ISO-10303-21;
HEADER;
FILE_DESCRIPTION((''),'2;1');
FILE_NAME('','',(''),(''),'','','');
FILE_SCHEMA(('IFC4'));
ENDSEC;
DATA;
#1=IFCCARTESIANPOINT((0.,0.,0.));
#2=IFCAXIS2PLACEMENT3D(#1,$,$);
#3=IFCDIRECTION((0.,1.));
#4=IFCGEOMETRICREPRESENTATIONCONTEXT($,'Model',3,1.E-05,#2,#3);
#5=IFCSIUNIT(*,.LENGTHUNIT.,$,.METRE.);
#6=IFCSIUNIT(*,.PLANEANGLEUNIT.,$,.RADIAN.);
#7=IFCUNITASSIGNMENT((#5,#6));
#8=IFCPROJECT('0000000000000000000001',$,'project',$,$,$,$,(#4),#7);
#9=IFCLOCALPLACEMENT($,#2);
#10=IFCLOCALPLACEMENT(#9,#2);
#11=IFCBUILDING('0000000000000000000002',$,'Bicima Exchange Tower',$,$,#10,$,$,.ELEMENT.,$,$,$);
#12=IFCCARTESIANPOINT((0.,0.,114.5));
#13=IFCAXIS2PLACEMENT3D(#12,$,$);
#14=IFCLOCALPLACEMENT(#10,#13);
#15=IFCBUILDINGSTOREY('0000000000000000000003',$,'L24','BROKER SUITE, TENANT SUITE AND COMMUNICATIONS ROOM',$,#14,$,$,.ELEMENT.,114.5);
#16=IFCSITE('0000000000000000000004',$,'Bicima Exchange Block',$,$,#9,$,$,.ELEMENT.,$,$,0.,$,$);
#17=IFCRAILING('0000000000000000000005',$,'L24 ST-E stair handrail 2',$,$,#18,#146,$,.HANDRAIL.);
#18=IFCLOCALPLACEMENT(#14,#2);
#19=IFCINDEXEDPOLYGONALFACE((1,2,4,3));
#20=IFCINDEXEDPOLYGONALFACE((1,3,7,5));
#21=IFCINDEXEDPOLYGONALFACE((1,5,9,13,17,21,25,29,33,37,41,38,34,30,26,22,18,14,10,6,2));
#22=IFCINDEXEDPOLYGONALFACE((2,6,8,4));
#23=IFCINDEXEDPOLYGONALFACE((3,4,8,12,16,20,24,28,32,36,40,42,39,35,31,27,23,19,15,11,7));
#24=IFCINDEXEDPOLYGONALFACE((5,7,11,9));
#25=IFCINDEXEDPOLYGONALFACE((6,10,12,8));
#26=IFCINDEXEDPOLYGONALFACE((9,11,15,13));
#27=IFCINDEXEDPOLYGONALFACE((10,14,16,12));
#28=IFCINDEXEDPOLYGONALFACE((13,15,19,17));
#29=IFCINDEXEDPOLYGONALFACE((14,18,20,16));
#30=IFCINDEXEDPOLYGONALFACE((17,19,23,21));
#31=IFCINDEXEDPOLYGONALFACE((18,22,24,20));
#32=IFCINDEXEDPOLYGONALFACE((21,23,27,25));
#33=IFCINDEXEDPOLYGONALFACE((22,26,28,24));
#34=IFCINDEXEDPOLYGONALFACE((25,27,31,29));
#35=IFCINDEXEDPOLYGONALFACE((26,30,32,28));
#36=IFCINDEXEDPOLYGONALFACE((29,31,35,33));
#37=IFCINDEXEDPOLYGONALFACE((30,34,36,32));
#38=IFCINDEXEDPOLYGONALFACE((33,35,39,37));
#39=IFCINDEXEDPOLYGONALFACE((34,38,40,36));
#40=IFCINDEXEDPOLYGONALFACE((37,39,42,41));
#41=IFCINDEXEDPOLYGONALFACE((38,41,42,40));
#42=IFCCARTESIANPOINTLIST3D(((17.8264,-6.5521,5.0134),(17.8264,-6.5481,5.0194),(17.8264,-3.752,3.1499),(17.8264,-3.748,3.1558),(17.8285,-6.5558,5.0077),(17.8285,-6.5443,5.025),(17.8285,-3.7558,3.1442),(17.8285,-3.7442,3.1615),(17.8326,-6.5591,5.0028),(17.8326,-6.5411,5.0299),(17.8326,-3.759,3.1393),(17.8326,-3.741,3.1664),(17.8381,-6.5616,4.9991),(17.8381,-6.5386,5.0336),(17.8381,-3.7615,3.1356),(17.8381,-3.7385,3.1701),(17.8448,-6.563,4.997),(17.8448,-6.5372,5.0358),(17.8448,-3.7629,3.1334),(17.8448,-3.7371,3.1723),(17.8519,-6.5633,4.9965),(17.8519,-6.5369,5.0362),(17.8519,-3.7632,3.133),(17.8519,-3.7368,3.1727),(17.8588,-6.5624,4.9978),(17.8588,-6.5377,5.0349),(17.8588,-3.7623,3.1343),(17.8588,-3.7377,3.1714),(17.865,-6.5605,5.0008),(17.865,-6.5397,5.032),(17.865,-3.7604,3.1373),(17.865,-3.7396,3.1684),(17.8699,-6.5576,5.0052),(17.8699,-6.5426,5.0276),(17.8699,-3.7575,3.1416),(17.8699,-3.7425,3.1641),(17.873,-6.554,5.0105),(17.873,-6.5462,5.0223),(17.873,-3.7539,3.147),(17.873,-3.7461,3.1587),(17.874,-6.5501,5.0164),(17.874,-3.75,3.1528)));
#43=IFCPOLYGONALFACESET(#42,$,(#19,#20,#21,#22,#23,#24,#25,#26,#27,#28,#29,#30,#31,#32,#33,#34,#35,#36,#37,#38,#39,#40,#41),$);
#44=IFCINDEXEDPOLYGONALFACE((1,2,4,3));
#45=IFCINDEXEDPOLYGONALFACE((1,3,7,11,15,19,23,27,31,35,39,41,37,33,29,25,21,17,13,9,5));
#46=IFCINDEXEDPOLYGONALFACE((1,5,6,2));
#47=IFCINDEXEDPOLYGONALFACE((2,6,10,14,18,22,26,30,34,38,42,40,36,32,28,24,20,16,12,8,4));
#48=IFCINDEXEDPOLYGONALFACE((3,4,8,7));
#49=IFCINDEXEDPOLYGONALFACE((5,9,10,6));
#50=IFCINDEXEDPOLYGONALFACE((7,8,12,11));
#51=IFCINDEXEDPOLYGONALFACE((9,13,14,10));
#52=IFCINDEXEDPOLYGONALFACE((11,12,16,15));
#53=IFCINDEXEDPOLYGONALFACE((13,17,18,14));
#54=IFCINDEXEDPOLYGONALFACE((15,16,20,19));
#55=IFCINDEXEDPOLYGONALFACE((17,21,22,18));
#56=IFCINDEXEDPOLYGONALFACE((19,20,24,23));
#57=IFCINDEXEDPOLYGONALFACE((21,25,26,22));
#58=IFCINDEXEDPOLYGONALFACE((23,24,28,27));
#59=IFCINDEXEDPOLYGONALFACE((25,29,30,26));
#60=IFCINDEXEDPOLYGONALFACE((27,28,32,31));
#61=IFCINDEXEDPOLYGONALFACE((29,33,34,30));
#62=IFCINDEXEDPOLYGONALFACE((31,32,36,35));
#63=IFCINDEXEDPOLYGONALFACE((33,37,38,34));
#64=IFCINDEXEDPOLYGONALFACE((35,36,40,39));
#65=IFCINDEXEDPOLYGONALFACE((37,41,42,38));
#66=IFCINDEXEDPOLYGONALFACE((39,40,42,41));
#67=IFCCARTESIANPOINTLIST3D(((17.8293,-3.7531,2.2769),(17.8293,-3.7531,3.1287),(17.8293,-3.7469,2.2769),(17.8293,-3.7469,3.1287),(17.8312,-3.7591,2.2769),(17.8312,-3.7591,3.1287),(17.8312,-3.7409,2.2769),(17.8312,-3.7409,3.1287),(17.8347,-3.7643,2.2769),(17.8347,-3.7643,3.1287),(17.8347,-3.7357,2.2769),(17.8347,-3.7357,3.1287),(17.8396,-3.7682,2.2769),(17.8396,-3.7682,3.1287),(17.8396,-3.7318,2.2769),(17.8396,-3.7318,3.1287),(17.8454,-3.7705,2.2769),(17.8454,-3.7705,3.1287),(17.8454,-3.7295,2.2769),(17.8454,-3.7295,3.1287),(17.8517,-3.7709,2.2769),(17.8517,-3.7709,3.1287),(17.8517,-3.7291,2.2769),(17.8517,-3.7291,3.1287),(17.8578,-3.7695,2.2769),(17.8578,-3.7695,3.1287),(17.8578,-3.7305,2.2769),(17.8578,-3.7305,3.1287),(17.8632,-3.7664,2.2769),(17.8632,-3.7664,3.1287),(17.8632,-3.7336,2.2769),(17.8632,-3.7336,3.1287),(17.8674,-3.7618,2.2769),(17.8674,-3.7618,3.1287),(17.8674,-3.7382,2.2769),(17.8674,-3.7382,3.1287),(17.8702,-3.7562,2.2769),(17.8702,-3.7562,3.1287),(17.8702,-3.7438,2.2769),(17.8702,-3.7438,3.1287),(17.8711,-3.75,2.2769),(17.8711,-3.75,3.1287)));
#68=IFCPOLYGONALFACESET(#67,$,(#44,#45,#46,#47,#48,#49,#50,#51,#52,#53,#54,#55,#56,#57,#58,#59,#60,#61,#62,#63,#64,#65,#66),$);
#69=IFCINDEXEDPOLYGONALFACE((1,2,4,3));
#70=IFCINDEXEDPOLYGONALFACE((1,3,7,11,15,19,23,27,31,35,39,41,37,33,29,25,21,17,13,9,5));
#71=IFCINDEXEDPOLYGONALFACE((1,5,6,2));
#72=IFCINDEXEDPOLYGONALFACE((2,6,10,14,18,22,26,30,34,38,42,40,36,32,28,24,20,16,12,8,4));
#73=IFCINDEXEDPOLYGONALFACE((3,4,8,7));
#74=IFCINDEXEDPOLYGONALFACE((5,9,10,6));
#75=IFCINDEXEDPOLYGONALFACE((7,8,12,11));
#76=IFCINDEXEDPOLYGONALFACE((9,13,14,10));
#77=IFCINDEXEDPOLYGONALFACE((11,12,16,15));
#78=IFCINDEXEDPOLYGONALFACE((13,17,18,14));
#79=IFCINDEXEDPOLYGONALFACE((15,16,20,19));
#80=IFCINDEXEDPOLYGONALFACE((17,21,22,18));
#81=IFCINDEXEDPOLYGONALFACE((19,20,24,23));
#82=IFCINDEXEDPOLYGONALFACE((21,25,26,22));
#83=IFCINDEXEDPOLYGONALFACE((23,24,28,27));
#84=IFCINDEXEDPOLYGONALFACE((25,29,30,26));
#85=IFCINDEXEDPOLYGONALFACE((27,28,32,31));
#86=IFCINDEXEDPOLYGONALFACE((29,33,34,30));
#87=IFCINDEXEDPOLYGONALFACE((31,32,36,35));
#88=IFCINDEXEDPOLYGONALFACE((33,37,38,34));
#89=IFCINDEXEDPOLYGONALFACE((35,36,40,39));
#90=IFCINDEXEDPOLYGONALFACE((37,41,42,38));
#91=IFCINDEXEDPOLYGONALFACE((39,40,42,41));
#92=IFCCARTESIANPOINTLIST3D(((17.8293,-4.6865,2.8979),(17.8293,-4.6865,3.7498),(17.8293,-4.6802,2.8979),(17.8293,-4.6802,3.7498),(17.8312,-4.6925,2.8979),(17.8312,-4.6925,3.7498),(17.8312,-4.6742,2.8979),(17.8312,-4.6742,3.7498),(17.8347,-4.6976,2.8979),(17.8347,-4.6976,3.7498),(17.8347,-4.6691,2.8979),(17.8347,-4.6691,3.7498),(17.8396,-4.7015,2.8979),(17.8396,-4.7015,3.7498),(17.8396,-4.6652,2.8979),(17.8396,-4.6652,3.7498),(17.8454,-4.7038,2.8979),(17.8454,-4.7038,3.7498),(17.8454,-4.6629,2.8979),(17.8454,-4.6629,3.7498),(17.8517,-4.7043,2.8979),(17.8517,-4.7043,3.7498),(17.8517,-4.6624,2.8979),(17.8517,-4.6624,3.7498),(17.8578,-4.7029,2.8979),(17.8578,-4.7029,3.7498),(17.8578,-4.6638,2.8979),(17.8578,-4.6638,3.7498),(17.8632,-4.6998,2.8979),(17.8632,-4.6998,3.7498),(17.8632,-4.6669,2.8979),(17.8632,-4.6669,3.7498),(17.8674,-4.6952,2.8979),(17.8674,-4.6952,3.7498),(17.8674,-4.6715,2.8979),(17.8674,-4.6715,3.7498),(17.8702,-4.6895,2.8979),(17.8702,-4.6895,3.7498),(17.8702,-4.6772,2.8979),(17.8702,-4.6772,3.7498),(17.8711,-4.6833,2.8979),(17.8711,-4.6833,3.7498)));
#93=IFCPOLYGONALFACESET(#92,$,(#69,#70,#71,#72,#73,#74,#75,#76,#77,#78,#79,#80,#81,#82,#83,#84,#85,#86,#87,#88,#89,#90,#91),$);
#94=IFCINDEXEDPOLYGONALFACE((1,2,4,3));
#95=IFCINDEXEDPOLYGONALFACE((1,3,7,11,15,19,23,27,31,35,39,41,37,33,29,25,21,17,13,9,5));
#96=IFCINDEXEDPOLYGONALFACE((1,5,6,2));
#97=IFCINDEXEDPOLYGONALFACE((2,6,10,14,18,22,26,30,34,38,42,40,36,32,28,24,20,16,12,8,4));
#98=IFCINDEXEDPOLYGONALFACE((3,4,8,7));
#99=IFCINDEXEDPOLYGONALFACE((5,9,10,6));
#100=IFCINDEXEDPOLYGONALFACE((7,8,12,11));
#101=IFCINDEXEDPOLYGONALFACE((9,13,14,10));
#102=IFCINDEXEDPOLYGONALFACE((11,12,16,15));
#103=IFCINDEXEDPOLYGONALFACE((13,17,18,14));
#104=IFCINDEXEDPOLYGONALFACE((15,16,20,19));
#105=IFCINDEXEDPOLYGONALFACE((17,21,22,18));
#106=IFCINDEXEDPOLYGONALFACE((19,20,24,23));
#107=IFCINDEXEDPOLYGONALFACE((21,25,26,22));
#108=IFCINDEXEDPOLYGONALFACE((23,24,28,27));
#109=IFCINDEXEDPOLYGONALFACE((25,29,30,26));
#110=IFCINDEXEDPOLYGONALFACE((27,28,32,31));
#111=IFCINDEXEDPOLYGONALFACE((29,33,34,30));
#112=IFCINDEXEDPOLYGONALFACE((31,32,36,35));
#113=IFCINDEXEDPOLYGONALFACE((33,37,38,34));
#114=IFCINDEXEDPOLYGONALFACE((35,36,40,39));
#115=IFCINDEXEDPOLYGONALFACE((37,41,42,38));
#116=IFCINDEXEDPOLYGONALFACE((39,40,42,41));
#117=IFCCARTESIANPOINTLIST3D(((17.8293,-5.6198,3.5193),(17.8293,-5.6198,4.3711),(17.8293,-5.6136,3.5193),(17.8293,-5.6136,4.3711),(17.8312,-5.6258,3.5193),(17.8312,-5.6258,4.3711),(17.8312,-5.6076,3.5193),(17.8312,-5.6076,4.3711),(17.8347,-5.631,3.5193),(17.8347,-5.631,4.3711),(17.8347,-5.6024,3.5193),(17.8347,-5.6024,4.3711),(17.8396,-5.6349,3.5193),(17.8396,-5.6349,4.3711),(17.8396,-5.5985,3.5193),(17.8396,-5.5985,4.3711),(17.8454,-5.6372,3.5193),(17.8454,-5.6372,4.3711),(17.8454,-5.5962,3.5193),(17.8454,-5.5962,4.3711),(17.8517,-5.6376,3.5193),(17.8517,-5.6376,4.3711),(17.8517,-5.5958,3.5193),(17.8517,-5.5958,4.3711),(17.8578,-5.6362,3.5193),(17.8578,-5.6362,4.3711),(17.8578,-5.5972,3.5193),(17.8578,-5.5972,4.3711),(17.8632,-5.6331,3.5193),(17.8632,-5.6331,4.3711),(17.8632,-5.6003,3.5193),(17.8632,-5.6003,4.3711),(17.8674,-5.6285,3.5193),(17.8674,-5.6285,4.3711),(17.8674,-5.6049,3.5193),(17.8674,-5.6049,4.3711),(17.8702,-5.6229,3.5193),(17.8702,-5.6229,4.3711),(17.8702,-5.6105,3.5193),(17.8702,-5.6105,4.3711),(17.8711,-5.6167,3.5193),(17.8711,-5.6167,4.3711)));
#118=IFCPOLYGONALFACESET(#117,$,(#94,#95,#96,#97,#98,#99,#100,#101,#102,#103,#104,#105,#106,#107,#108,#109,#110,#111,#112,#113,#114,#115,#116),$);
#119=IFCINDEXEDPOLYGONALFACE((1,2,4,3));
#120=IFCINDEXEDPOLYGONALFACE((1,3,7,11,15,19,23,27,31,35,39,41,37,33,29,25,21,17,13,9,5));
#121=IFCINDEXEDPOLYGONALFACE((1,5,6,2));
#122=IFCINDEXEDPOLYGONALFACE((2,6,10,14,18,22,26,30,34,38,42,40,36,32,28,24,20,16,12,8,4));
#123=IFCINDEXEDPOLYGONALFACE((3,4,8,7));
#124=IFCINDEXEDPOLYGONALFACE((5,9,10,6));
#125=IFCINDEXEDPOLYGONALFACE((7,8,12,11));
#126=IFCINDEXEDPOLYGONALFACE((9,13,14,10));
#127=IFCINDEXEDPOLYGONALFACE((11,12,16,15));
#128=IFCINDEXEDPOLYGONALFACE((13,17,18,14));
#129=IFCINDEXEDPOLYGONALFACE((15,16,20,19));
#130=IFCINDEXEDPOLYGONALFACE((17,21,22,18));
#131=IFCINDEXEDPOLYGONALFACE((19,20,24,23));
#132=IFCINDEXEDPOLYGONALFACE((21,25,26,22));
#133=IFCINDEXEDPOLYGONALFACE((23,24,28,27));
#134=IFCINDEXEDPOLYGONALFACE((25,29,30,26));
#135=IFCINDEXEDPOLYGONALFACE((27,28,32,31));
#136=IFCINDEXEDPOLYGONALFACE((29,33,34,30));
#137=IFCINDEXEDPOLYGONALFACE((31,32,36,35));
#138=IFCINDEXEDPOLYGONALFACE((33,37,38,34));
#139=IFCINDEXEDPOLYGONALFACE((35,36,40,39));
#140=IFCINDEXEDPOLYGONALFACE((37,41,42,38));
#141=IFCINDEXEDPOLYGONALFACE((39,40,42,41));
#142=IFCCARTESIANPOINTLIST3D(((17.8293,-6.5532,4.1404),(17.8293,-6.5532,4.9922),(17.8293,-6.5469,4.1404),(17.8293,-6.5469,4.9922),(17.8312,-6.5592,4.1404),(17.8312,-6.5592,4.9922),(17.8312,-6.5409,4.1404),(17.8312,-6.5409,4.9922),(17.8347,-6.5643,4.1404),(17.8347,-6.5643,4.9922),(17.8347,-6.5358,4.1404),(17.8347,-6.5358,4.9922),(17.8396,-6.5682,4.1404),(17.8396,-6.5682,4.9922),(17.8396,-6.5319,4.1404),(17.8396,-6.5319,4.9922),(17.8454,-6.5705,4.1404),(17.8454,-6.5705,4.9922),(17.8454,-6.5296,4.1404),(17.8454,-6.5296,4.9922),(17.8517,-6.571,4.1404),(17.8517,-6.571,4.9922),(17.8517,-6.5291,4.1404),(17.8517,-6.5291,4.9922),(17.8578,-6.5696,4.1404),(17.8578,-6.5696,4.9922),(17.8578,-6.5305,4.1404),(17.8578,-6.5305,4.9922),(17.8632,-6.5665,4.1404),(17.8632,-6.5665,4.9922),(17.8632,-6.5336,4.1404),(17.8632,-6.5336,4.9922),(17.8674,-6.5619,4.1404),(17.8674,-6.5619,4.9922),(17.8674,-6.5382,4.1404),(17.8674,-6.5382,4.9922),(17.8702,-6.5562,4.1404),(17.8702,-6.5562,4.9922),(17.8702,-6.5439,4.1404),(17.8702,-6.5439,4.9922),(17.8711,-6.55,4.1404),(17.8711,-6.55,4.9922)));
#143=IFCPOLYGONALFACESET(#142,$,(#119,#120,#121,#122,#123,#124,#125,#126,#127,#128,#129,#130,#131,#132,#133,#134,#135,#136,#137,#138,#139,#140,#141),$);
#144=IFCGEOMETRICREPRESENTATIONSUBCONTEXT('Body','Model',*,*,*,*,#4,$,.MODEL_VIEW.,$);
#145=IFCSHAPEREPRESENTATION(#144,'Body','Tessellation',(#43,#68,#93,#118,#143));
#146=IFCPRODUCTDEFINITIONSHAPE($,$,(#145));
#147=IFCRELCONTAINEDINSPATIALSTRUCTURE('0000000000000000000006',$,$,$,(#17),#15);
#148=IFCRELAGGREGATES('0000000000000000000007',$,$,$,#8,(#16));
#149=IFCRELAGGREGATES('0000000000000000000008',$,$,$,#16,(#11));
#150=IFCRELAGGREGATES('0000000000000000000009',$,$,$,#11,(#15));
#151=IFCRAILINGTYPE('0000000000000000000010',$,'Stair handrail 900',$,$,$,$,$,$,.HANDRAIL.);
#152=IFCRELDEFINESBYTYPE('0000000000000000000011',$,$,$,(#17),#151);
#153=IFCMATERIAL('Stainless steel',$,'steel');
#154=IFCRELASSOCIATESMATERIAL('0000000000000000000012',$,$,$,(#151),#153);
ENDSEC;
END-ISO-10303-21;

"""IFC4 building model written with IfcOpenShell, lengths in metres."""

from ifc_helpers import new_model, si_unit, direction, frame, origin, origin_2d, place, context, subcontext, project, spatial, circle, extrude, material, type_object, element, save


model = new_model("IFC4")

# Units and contexts
model_context = context("Model", 3, precision=1e-05, world=origin(), true_north=direction((0.0, 1.0)))
body_context = subcontext(model_context, "Body", "Model", "MODEL_VIEW")
ifc_project = project(units=[si_unit("LENGTHUNIT", "METRE"), si_unit("PLANEANGLEUNIT", "RADIAN")], contexts=[model_context])

# Site, building, storey
site_placement = place(None, origin())
site = spatial("IfcSite", under=ifc_project, at=site_placement, Name="Bicima Exchange Block", CompositionType="ELEMENT", RefElevation=0.0)
building_placement = place(site_placement, origin())
building = spatial("IfcBuilding", under=site, at=building_placement, Name="Bicima Exchange Tower", CompositionType="ELEMENT")
storey_placement = place(building_placement, frame((0.0, 0.0, 114.5)))
storey = spatial("IfcBuildingStorey", under=building, at=storey_placement, Name="L24", Description="BROKER SUITE, TENANT SUITE AND COMMUNICATIONS ROOM", CompositionType="ELEMENT", Elevation=114.5)

# Railing
ifc_material_1 = material(Name="Stainless steel", Category="steel")
railing_type_1 = type_object("IfcRailingType", Name="Stair handrail 900", PredefinedType="HANDRAIL", material=ifc_material_1)
for number, where, name in (
    (1, (17.8501, -3.75, 2.2769), "L24 ST-E stair handrail 2"),
):
    element("IfcRailing", number, at=place(storey_placement, frame(where)), inside=storey, type_object=railing_type_1, Name=name, PredefinedType="HANDRAIL", context=body_context, shape_type="SweptSolid", body=[
        extrude(circle(Radius=0.0239, at=origin_2d()), frame((0.0, 0.0, 0.876), z_axis=(0.0, -0.832486, 0.554047), x_axis=(1.0, 0.0, 0.0)), (0.0, 0.0, 1.0), 3.3635),
        extrude(circle(Radius=0.021, at=origin_2d()), origin(), (0.0, 0.0, 1.0), 0.8518),
        extrude(circle(Radius=0.021, at=origin_2d()), frame((0.0, -0.9333, 0.6211)), (0.0, 0.0, 1.0), 0.8518),
        extrude(circle(Radius=0.021, at=origin_2d()), frame((0.0, -1.8667, 1.2424)), (0.0, 0.0, 1.0), 0.8518),
        extrude(circle(Radius=0.021, at=origin_2d()), frame((0.0, -2.8, 1.8635)), (0.0, 0.0, 1.0), 0.8518),
    ])

save(model, "model.ifc")
